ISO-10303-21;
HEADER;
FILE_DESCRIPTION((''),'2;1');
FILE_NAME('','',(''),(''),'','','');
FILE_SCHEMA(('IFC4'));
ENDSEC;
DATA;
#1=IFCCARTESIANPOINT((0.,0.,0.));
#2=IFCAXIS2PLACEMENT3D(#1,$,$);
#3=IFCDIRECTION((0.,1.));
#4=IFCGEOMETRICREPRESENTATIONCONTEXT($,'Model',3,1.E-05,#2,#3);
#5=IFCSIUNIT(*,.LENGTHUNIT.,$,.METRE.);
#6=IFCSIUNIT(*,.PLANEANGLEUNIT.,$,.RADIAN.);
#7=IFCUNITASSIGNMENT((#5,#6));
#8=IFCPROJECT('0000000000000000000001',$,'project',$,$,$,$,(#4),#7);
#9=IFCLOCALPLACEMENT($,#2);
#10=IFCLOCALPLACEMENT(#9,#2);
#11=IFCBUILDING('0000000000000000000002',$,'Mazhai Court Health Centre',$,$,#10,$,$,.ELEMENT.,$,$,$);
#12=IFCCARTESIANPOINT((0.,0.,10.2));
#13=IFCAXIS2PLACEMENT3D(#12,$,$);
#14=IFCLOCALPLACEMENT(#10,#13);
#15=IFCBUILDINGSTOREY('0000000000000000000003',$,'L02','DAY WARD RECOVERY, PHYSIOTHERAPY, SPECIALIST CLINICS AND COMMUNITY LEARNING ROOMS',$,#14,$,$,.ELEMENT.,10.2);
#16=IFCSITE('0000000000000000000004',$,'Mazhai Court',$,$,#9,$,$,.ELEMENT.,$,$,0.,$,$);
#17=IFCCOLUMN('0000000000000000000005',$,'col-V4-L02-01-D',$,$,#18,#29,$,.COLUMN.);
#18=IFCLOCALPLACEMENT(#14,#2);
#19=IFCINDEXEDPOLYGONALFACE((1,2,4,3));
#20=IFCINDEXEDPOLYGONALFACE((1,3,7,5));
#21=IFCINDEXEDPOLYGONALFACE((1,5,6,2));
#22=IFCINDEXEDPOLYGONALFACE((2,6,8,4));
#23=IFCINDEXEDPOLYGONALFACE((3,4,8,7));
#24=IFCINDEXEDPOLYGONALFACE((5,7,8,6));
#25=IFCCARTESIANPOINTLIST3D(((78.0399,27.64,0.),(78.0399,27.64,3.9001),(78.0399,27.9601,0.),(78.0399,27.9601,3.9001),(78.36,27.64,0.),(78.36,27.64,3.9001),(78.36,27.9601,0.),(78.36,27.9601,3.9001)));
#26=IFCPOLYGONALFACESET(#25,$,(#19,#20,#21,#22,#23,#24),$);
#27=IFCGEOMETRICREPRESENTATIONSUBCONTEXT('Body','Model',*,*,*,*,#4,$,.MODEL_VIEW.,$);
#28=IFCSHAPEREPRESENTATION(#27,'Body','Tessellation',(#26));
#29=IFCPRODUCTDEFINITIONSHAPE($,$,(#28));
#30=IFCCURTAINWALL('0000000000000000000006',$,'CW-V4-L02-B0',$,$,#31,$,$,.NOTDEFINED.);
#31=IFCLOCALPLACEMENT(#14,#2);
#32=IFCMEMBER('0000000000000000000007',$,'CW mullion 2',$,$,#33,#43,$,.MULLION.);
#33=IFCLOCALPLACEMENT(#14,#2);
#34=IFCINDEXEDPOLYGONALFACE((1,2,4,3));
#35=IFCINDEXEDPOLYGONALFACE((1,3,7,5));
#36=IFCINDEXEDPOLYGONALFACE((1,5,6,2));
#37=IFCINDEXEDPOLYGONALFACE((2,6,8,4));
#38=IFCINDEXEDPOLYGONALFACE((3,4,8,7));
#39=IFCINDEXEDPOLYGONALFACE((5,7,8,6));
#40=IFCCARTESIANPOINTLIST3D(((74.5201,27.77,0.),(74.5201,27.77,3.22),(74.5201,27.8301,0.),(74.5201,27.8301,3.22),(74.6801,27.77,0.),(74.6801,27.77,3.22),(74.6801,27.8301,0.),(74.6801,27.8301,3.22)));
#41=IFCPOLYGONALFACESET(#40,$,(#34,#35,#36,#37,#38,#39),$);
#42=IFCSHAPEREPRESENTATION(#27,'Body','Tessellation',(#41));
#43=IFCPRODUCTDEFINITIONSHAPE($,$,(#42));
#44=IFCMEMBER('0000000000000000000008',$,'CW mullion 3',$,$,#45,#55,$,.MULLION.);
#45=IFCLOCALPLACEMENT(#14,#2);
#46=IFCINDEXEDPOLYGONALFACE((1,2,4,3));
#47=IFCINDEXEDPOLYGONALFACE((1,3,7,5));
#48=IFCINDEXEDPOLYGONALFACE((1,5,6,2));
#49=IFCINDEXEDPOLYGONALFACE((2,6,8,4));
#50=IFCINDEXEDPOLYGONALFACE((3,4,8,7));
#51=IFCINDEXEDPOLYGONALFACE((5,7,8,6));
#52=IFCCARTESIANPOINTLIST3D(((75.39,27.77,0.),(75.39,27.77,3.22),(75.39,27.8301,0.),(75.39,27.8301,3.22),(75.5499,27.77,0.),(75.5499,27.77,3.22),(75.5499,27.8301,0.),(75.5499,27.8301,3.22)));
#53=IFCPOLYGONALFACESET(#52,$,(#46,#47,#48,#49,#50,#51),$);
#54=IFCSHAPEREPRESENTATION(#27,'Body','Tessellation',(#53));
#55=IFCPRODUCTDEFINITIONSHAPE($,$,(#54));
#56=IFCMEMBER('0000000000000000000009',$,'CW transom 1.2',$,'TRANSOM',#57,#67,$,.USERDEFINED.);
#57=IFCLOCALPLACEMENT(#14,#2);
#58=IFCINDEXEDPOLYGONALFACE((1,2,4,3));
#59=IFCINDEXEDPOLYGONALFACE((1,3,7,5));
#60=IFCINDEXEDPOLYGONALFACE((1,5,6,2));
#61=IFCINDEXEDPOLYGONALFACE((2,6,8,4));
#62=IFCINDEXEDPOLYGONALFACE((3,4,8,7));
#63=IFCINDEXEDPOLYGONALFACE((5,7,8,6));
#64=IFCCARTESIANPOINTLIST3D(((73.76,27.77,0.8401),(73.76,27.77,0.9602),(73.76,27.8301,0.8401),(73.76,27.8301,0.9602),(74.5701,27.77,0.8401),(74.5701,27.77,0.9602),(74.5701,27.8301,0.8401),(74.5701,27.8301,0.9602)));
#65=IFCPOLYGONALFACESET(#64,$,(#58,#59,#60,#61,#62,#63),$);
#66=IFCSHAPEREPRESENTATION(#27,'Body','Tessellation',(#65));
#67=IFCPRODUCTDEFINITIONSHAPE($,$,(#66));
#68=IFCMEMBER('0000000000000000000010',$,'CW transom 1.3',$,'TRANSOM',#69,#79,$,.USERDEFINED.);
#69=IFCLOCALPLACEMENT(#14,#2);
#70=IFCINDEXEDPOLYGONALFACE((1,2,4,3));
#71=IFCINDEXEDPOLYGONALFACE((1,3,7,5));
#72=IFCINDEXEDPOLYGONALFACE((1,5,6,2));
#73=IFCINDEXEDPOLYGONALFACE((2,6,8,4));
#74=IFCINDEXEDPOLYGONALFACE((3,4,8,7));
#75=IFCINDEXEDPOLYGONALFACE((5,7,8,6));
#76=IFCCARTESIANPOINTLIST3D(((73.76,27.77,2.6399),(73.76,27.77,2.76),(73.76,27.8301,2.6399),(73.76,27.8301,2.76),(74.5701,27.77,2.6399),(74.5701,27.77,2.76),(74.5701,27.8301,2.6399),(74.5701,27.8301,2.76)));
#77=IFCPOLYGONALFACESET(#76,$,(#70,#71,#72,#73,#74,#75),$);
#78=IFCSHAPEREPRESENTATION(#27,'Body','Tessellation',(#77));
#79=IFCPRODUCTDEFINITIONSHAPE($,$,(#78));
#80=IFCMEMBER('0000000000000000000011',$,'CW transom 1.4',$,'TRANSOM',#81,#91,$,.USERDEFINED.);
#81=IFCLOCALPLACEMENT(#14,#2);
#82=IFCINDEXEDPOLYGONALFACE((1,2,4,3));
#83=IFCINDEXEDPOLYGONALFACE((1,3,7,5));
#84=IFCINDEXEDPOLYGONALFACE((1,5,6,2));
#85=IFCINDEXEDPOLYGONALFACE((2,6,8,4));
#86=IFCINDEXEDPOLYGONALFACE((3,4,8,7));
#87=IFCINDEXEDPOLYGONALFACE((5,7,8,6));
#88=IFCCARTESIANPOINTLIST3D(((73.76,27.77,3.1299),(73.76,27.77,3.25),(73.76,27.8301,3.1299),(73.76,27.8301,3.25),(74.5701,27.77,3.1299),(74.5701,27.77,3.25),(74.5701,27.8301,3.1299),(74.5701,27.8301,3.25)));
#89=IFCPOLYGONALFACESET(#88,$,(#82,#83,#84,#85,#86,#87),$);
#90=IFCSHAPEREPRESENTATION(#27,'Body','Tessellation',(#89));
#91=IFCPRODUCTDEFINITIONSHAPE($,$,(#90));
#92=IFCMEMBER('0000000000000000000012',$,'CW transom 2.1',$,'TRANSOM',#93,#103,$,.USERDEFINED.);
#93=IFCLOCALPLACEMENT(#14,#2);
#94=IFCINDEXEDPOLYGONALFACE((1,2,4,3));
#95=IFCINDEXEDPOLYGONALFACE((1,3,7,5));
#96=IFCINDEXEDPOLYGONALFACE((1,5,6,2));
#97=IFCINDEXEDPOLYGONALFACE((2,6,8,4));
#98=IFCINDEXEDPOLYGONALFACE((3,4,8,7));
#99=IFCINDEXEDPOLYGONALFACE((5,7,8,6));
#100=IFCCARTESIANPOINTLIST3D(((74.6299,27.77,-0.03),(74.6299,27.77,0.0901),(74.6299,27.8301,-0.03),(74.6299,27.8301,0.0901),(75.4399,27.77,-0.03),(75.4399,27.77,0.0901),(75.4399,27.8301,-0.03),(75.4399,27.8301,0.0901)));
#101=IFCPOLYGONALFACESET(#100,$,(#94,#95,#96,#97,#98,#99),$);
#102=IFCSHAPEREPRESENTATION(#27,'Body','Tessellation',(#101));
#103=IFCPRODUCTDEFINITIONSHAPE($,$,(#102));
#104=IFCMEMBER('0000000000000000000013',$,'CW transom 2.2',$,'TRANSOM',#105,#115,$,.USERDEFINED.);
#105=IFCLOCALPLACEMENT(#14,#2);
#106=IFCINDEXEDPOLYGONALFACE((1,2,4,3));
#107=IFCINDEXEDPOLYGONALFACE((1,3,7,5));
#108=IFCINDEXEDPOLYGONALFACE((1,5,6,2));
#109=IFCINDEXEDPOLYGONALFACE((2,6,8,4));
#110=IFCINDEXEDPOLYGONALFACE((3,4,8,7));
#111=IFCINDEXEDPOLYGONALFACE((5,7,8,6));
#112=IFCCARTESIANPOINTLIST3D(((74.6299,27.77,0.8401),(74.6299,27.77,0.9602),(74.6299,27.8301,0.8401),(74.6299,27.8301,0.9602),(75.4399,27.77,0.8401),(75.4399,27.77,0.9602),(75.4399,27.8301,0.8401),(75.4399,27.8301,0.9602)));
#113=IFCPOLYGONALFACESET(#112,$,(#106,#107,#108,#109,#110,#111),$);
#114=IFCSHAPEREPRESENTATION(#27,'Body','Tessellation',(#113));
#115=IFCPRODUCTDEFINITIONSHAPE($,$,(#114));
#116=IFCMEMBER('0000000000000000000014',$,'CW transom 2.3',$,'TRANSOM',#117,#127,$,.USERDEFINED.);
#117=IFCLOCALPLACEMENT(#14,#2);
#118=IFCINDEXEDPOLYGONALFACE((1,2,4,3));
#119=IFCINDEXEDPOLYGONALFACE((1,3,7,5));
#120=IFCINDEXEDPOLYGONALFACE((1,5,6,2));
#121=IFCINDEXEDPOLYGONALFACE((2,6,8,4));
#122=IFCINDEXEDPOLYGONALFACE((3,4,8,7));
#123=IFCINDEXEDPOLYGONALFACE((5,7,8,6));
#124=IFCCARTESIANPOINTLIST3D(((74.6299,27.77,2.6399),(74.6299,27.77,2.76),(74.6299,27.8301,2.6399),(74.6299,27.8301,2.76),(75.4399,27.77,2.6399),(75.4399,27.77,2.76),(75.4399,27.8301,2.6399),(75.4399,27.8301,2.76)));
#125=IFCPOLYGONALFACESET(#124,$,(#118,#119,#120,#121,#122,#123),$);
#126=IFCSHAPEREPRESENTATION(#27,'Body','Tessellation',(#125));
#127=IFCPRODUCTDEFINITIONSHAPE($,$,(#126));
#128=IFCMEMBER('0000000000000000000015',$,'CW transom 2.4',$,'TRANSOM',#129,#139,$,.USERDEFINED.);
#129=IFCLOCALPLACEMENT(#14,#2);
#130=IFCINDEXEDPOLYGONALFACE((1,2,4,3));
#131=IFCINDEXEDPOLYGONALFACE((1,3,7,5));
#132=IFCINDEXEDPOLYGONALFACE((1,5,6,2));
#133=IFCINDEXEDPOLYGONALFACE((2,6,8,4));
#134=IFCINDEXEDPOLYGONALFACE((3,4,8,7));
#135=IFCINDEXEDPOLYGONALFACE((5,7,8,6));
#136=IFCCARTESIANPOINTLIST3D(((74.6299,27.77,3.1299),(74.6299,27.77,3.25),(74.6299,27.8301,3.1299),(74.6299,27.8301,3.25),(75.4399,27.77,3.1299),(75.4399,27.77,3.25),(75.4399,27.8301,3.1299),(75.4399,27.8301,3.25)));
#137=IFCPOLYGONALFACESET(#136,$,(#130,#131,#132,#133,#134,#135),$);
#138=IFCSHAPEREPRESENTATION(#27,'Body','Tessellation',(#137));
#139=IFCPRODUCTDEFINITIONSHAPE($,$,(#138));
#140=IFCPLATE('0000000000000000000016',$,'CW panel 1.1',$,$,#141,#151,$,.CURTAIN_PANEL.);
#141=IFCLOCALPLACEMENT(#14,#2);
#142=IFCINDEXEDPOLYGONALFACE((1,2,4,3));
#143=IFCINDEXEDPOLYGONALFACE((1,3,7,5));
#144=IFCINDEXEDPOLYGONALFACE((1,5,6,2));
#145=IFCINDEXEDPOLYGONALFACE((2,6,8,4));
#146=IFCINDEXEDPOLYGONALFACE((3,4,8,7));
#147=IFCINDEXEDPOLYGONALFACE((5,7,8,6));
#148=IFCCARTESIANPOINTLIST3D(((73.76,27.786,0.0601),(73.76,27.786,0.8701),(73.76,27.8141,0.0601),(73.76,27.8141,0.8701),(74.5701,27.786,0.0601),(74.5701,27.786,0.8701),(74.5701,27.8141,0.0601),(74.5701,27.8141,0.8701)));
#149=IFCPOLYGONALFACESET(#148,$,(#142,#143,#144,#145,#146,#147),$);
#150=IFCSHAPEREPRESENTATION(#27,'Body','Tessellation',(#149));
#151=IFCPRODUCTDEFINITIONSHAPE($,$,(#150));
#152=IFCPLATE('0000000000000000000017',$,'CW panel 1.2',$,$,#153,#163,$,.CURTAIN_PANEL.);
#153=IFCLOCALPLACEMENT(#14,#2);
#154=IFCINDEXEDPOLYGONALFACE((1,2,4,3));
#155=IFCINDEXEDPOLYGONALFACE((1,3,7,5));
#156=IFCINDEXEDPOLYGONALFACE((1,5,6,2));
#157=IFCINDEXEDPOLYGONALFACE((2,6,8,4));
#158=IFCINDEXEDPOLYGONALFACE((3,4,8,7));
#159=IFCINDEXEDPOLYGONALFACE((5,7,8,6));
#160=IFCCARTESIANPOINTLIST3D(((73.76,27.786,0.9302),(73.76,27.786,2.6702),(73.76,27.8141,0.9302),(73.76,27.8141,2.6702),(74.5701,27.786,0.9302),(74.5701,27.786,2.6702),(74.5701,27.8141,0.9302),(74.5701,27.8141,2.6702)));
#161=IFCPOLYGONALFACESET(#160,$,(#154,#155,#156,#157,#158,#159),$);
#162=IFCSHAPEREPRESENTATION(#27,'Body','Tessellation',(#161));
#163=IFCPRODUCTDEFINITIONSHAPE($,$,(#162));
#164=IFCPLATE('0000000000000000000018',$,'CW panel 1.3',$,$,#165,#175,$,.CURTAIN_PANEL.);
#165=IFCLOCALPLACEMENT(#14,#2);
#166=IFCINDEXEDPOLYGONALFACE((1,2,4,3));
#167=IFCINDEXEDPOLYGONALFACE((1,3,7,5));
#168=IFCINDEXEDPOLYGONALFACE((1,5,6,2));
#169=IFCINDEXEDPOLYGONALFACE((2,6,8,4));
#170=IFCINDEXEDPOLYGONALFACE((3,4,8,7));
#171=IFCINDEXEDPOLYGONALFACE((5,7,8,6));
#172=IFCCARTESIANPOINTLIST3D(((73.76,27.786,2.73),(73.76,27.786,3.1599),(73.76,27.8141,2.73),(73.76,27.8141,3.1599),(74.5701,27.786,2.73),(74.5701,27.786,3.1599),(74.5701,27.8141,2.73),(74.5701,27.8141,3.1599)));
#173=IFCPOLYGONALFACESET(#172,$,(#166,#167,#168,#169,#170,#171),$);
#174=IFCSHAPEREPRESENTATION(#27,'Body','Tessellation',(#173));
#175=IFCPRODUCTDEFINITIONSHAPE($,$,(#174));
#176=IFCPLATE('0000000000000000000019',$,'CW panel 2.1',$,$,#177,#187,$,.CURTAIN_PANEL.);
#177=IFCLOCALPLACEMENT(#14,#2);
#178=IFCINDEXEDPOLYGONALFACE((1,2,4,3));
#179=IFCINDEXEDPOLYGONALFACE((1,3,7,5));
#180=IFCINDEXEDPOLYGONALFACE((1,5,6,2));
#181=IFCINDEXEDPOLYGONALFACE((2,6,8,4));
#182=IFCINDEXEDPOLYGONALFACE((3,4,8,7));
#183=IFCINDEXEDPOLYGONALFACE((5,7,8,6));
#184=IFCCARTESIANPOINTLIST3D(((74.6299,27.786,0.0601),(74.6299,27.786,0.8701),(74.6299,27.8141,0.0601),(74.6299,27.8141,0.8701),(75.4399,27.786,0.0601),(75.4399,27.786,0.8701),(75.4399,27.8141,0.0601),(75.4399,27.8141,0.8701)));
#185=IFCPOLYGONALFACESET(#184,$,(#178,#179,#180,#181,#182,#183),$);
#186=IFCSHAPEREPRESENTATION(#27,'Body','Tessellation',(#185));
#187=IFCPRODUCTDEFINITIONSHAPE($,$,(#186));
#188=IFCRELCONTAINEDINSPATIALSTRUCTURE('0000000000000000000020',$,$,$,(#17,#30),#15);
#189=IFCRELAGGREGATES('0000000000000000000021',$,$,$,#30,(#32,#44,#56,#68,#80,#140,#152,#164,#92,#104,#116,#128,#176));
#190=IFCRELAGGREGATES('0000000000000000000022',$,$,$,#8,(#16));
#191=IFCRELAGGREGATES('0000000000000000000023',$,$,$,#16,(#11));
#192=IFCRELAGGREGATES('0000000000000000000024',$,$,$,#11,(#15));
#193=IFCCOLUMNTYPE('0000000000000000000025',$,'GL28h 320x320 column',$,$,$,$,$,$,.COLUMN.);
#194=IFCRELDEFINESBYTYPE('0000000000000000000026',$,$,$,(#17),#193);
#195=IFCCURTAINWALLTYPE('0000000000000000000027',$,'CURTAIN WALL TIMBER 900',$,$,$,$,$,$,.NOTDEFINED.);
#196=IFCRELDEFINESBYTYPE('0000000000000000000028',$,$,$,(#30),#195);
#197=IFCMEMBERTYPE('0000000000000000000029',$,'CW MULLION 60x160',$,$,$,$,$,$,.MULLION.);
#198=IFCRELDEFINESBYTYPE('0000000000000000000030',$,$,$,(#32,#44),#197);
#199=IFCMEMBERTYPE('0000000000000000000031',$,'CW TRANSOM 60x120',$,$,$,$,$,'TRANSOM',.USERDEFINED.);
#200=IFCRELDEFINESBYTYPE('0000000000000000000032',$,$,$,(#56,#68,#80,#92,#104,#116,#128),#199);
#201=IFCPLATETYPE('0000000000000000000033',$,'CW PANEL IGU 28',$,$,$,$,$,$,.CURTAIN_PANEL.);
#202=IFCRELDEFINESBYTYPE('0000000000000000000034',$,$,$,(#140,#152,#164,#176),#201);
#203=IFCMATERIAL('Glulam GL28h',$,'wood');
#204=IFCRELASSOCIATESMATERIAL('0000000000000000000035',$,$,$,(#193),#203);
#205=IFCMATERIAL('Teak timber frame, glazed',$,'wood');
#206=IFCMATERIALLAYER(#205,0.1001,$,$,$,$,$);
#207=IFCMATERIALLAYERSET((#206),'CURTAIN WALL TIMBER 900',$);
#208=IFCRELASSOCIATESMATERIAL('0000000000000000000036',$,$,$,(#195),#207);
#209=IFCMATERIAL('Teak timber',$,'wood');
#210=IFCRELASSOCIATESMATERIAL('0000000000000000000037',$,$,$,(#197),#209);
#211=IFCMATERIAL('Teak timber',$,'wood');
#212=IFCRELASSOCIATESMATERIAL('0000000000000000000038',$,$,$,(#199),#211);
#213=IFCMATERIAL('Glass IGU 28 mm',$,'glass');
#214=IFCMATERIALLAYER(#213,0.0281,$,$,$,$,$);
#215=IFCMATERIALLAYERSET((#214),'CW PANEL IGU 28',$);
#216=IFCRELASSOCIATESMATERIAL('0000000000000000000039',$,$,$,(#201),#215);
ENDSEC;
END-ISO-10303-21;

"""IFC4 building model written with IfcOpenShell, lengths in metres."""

from ifc_helpers import new_model, si_unit, direction, frame, origin, origin_2d, place, context, subcontext, project, spatial, rectangle, extrude, material, layer, layer_set, material_profile, profile_set, type_object, element, aggregate, save


model = new_model("IFC4")

# Units and contexts
model_context = context("Model", 3, precision=1e-05, world=origin(), true_north=direction((0.0, 1.0)))
body_context = subcontext(model_context, "Body", "Model", "MODEL_VIEW")
ifc_project = project(units=[si_unit("LENGTHUNIT", "METRE"), si_unit("PLANEANGLEUNIT", "RADIAN")], contexts=[model_context])

# Site, building, storey
site_placement = place(None, origin())
site = spatial("IfcSite", under=ifc_project, at=site_placement, Name="Mazhai Court", CompositionType="ELEMENT", RefElevation=0.0)
building_placement = place(site_placement, origin())
building = spatial("IfcBuilding", under=site, at=building_placement, Name="Mazhai Court Health Centre", CompositionType="ELEMENT")
storey_placement = place(building_placement, frame((0.0, 0.0, 10.2)))
storey = spatial("IfcBuildingStorey", under=building, at=storey_placement, Name="L02", Description="DAY WARD RECOVERY, PHYSIOTHERAPY, SPECIALIST CLINICS AND COMMUNITY LEARNING ROOMS", CompositionType="ELEMENT", Elevation=10.2)

# Column
ifc_material_1 = material(Name="Glulam GL28h", Category="wood")
ifc_material_profile_1 = material_profile(ifc_material_1, rectangle(XDim=0.3201, YDim=0.3201, at=origin_2d()), Name="GL28h 320x320")
ifc_profile_set_1 = profile_set([ifc_material_profile_1], Name="Glulam GL28h")
column_type = type_object("IfcColumnType", Name="GL28h 320x320 column", PredefinedType="COLUMN", material=ifc_profile_set_1)
column_placement = place(storey_placement, frame((78.2, 27.8, 0.0), z_axis=(0.0, 0.0, 1.0), x_axis=(1.0, 0.0, 0.0)))
element("IfcColumn", 1, at=column_placement, inside=storey, type_object=column_type, Name="col-V4-L02-01-D", PredefinedType="COLUMN", context=body_context, shape_type="SweptSolid", body=[
    extrude(rectangle(XDim=0.3201, YDim=0.3201, at=origin_2d()), origin(), (0.0, 0.0, 1.0), 3.9001),
])

# Curtain wall, members, plates
ifc_material_2 = material(Name="Teak timber frame, glazed", Category="wood")
ifc_layer_1 = layer(ifc_material_2, 0.1001)
ifc_layer_set_1 = layer_set([ifc_layer_1], Name="CURTAIN WALL TIMBER 900")
curtain_wall_type = type_object("IfcCurtainWallType", Name="CURTAIN WALL TIMBER 900", PredefinedType="NOTDEFINED", material=ifc_layer_set_1)
curtain_wall_placement = place(storey_placement, origin())
curtain_wall = element("IfcCurtainWall", 2, at=curtain_wall_placement, inside=storey, type_object=curtain_wall_type, Name="CW-V4-L02-B0", PredefinedType="NOTDEFINED")
ifc_material_3 = material(Name="Teak timber", Category="wood")
ifc_material_profile_2 = material_profile(ifc_material_3, rectangle(XDim=0.0601, YDim=0.1599, at=origin_2d()), Name="CW MULLION 60x160")
ifc_profile_set_2 = profile_set([ifc_material_profile_2], Name="Teak timber")
member_type_1 = type_object("IfcMemberType", Name="CW MULLION 60x160", PredefinedType="MULLION", material=ifc_profile_set_2)
member_1_placement = place(storey_placement, frame((74.6001, 27.8, 0.0), z_axis=(0.0, 0.0, 1.0), x_axis=(0.0, 1.0, 0.0)))
member_1 = element("IfcMember", 3, at=member_1_placement, type_object=member_type_1, Name="CW mullion 2", PredefinedType="MULLION", context=body_context, shape_type="SweptSolid", body=[
    extrude(rectangle(XDim=0.0601, YDim=0.1599, at=origin_2d()), origin(), (0.0, 0.0, 1.0), 3.22),
])
member_2_placement = place(storey_placement, frame((75.47, 27.8, 0.0), z_axis=(0.0, 0.0, 1.0), x_axis=(0.0, 1.0, 0.0)))
member_2 = element("IfcMember", 4, at=member_2_placement, type_object=member_type_1, Name="CW mullion 3", PredefinedType="MULLION", context=body_context, shape_type="SweptSolid", body=[
    extrude(rectangle(XDim=0.0601, YDim=0.1599, at=origin_2d()), origin(), (0.0, 0.0, 1.0), 3.22),
])
ifc_material_4 = material(Name="Teak timber", Category="wood")
ifc_material_profile_3 = material_profile(ifc_material_4, rectangle(XDim=0.0601, YDim=0.1201, at=origin_2d()), Name="CW TRANSOM 60x120")
ifc_profile_set_3 = profile_set([ifc_material_profile_3], Name="Teak timber")
member_type_2 = type_object("IfcMemberType", Name="CW TRANSOM 60x120", ElementType="TRANSOM", PredefinedType="USERDEFINED", material=ifc_profile_set_3)
member_3_placement = place(storey_placement, frame((73.76, 27.8, 0.9001), z_axis=(1.0, 0.0, 0.0), x_axis=(0.0, 1.0, 0.0)))
member_3 = element("IfcMember", 5, at=member_3_placement, type_object=member_type_2, Name="CW transom 1.2", ObjectType="TRANSOM", PredefinedType="USERDEFINED", context=body_context, shape_type="SweptSolid", body=[
    extrude(rectangle(XDim=0.0601, YDim=0.1201, at=origin_2d()), origin(), (0.0, 0.0, 1.0), 0.8101),
])
member_4_placement = place(storey_placement, frame((73.76, 27.8, 2.7), z_axis=(1.0, 0.0, 0.0), x_axis=(0.0, 1.0, 0.0)))
member_4 = element("IfcMember", 6, at=member_4_placement, type_object=member_type_2, Name="CW transom 1.3", ObjectType="TRANSOM", PredefinedType="USERDEFINED", context=body_context, shape_type="SweptSolid", body=[
    extrude(rectangle(XDim=0.0601, YDim=0.1201, at=origin_2d()), origin(), (0.0, 0.0, 1.0), 0.8101),
])
member_5_placement = place(storey_placement, frame((73.76, 27.8, 3.1899), z_axis=(1.0, 0.0, 0.0), x_axis=(0.0, 1.0, 0.0)))
member_5 = element("IfcMember", 7, at=member_5_placement, type_object=member_type_2, Name="CW transom 1.4", ObjectType="TRANSOM", PredefinedType="USERDEFINED", context=body_context, shape_type="SweptSolid", body=[
    extrude(rectangle(XDim=0.0601, YDim=0.1201, at=origin_2d()), origin(), (0.0, 0.0, 1.0), 0.8101),
])
member_6_placement = place(storey_placement, frame((74.6299, 27.8, 0.03), z_axis=(1.0, 0.0, 0.0), x_axis=(0.0, 1.0, 0.0)))
member_6 = element("IfcMember", 8, at=member_6_placement, type_object=member_type_2, Name="CW transom 2.1", ObjectType="TRANSOM", PredefinedType="USERDEFINED", context=body_context, shape_type="SweptSolid", body=[
    extrude(rectangle(XDim=0.0601, YDim=0.1201, at=origin_2d()), origin(), (0.0, 0.0, 1.0), 0.8101),
])
member_7_placement = place(storey_placement, frame((74.6299, 27.8, 0.9001), z_axis=(1.0, 0.0, 0.0), x_axis=(0.0, 1.0, 0.0)))
member_7 = element("IfcMember", 9, at=member_7_placement, type_object=member_type_2, Name="CW transom 2.2", ObjectType="TRANSOM", PredefinedType="USERDEFINED", context=body_context, shape_type="SweptSolid", body=[
    extrude(rectangle(XDim=0.0601, YDim=0.1201, at=origin_2d()), origin(), (0.0, 0.0, 1.0), 0.8101),
])
member_8_placement = place(storey_placement, frame((74.6299, 27.8, 2.7), z_axis=(1.0, 0.0, 0.0), x_axis=(0.0, 1.0, 0.0)))
member_8 = element("IfcMember", 10, at=member_8_placement, type_object=member_type_2, Name="CW transom 2.3", ObjectType="TRANSOM", PredefinedType="USERDEFINED", context=body_context, shape_type="SweptSolid", body=[
    extrude(rectangle(XDim=0.0601, YDim=0.1201, at=origin_2d()), origin(), (0.0, 0.0, 1.0), 0.8101),
])
member_9_placement = place(storey_placement, frame((74.6299, 27.8, 3.1899), z_axis=(1.0, 0.0, 0.0), x_axis=(0.0, 1.0, 0.0)))
member_9 = element("IfcMember", 11, at=member_9_placement, type_object=member_type_2, Name="CW transom 2.4", ObjectType="TRANSOM", PredefinedType="USERDEFINED", context=body_context, shape_type="SweptSolid", body=[
    extrude(rectangle(XDim=0.0601, YDim=0.1201, at=origin_2d()), origin(), (0.0, 0.0, 1.0), 0.8101),
])
ifc_material_5 = material(Name="Glass IGU 28 mm", Category="glass")
ifc_layer_2 = layer(ifc_material_5, 0.0281)
ifc_layer_set_2 = layer_set([ifc_layer_2], Name="CW PANEL IGU 28")
plate_type = type_object("IfcPlateType", Name="CW PANEL IGU 28", PredefinedType="CURTAIN_PANEL", material=ifc_layer_set_2)
plate_1_placement = place(storey_placement, frame((74.165, 27.8, 0.0601), z_axis=(0.0, 0.0, 1.0), x_axis=(1.0, 0.0, 0.0)))
plate_1 = element("IfcPlate", 12, at=plate_1_placement, type_object=plate_type, Name="CW panel 1.1", PredefinedType="CURTAIN_PANEL", context=body_context, shape_type="SweptSolid", body=[
    extrude(rectangle(XDim=0.8101, YDim=0.0281, at=origin_2d()), origin(), (0.0, 0.0, 1.0), 0.8101),
])
plate_2_placement = place(storey_placement, frame((74.165, 27.8, 0.9302), z_axis=(0.0, 0.0, 1.0), x_axis=(1.0, 0.0, 0.0)))
plate_2 = element("IfcPlate", 13, at=plate_2_placement, type_object=plate_type, Name="CW panel 1.2", PredefinedType="CURTAIN_PANEL", context=body_context, shape_type="SweptSolid", body=[
    extrude(rectangle(XDim=0.8101, YDim=0.0281, at=origin_2d()), origin(), (0.0, 0.0, 1.0), 1.74),
])
plate_3_placement = place(storey_placement, frame((74.165, 27.8, 2.73), z_axis=(0.0, 0.0, 1.0), x_axis=(1.0, 0.0, 0.0)))
plate_3 = element("IfcPlate", 14, at=plate_3_placement, type_object=plate_type, Name="CW panel 1.3", PredefinedType="CURTAIN_PANEL", context=body_context, shape_type="SweptSolid", body=[
    extrude(rectangle(XDim=0.8101, YDim=0.0281, at=origin_2d()), origin(), (0.0, 0.0, 1.0), 0.4299),
])
plate_4_placement = place(storey_placement, frame((75.0349, 27.8, 0.0601), z_axis=(0.0, 0.0, 1.0), x_axis=(1.0, 0.0, 0.0)))
plate_4 = element("IfcPlate", 15, at=plate_4_placement, type_object=plate_type, Name="CW panel 2.1", PredefinedType="CURTAIN_PANEL", context=body_context, shape_type="SweptSolid", body=[
    extrude(rectangle(XDim=0.8101, YDim=0.0281, at=origin_2d()), origin(), (0.0, 0.0, 1.0), 0.8101),
])
aggregate(curtain_wall, [member_1, member_2, member_3, member_4, member_5, plate_1, plate_2, plate_3, member_6, member_7, member_8, member_9, plate_4])

save(model, "model.ifc")
